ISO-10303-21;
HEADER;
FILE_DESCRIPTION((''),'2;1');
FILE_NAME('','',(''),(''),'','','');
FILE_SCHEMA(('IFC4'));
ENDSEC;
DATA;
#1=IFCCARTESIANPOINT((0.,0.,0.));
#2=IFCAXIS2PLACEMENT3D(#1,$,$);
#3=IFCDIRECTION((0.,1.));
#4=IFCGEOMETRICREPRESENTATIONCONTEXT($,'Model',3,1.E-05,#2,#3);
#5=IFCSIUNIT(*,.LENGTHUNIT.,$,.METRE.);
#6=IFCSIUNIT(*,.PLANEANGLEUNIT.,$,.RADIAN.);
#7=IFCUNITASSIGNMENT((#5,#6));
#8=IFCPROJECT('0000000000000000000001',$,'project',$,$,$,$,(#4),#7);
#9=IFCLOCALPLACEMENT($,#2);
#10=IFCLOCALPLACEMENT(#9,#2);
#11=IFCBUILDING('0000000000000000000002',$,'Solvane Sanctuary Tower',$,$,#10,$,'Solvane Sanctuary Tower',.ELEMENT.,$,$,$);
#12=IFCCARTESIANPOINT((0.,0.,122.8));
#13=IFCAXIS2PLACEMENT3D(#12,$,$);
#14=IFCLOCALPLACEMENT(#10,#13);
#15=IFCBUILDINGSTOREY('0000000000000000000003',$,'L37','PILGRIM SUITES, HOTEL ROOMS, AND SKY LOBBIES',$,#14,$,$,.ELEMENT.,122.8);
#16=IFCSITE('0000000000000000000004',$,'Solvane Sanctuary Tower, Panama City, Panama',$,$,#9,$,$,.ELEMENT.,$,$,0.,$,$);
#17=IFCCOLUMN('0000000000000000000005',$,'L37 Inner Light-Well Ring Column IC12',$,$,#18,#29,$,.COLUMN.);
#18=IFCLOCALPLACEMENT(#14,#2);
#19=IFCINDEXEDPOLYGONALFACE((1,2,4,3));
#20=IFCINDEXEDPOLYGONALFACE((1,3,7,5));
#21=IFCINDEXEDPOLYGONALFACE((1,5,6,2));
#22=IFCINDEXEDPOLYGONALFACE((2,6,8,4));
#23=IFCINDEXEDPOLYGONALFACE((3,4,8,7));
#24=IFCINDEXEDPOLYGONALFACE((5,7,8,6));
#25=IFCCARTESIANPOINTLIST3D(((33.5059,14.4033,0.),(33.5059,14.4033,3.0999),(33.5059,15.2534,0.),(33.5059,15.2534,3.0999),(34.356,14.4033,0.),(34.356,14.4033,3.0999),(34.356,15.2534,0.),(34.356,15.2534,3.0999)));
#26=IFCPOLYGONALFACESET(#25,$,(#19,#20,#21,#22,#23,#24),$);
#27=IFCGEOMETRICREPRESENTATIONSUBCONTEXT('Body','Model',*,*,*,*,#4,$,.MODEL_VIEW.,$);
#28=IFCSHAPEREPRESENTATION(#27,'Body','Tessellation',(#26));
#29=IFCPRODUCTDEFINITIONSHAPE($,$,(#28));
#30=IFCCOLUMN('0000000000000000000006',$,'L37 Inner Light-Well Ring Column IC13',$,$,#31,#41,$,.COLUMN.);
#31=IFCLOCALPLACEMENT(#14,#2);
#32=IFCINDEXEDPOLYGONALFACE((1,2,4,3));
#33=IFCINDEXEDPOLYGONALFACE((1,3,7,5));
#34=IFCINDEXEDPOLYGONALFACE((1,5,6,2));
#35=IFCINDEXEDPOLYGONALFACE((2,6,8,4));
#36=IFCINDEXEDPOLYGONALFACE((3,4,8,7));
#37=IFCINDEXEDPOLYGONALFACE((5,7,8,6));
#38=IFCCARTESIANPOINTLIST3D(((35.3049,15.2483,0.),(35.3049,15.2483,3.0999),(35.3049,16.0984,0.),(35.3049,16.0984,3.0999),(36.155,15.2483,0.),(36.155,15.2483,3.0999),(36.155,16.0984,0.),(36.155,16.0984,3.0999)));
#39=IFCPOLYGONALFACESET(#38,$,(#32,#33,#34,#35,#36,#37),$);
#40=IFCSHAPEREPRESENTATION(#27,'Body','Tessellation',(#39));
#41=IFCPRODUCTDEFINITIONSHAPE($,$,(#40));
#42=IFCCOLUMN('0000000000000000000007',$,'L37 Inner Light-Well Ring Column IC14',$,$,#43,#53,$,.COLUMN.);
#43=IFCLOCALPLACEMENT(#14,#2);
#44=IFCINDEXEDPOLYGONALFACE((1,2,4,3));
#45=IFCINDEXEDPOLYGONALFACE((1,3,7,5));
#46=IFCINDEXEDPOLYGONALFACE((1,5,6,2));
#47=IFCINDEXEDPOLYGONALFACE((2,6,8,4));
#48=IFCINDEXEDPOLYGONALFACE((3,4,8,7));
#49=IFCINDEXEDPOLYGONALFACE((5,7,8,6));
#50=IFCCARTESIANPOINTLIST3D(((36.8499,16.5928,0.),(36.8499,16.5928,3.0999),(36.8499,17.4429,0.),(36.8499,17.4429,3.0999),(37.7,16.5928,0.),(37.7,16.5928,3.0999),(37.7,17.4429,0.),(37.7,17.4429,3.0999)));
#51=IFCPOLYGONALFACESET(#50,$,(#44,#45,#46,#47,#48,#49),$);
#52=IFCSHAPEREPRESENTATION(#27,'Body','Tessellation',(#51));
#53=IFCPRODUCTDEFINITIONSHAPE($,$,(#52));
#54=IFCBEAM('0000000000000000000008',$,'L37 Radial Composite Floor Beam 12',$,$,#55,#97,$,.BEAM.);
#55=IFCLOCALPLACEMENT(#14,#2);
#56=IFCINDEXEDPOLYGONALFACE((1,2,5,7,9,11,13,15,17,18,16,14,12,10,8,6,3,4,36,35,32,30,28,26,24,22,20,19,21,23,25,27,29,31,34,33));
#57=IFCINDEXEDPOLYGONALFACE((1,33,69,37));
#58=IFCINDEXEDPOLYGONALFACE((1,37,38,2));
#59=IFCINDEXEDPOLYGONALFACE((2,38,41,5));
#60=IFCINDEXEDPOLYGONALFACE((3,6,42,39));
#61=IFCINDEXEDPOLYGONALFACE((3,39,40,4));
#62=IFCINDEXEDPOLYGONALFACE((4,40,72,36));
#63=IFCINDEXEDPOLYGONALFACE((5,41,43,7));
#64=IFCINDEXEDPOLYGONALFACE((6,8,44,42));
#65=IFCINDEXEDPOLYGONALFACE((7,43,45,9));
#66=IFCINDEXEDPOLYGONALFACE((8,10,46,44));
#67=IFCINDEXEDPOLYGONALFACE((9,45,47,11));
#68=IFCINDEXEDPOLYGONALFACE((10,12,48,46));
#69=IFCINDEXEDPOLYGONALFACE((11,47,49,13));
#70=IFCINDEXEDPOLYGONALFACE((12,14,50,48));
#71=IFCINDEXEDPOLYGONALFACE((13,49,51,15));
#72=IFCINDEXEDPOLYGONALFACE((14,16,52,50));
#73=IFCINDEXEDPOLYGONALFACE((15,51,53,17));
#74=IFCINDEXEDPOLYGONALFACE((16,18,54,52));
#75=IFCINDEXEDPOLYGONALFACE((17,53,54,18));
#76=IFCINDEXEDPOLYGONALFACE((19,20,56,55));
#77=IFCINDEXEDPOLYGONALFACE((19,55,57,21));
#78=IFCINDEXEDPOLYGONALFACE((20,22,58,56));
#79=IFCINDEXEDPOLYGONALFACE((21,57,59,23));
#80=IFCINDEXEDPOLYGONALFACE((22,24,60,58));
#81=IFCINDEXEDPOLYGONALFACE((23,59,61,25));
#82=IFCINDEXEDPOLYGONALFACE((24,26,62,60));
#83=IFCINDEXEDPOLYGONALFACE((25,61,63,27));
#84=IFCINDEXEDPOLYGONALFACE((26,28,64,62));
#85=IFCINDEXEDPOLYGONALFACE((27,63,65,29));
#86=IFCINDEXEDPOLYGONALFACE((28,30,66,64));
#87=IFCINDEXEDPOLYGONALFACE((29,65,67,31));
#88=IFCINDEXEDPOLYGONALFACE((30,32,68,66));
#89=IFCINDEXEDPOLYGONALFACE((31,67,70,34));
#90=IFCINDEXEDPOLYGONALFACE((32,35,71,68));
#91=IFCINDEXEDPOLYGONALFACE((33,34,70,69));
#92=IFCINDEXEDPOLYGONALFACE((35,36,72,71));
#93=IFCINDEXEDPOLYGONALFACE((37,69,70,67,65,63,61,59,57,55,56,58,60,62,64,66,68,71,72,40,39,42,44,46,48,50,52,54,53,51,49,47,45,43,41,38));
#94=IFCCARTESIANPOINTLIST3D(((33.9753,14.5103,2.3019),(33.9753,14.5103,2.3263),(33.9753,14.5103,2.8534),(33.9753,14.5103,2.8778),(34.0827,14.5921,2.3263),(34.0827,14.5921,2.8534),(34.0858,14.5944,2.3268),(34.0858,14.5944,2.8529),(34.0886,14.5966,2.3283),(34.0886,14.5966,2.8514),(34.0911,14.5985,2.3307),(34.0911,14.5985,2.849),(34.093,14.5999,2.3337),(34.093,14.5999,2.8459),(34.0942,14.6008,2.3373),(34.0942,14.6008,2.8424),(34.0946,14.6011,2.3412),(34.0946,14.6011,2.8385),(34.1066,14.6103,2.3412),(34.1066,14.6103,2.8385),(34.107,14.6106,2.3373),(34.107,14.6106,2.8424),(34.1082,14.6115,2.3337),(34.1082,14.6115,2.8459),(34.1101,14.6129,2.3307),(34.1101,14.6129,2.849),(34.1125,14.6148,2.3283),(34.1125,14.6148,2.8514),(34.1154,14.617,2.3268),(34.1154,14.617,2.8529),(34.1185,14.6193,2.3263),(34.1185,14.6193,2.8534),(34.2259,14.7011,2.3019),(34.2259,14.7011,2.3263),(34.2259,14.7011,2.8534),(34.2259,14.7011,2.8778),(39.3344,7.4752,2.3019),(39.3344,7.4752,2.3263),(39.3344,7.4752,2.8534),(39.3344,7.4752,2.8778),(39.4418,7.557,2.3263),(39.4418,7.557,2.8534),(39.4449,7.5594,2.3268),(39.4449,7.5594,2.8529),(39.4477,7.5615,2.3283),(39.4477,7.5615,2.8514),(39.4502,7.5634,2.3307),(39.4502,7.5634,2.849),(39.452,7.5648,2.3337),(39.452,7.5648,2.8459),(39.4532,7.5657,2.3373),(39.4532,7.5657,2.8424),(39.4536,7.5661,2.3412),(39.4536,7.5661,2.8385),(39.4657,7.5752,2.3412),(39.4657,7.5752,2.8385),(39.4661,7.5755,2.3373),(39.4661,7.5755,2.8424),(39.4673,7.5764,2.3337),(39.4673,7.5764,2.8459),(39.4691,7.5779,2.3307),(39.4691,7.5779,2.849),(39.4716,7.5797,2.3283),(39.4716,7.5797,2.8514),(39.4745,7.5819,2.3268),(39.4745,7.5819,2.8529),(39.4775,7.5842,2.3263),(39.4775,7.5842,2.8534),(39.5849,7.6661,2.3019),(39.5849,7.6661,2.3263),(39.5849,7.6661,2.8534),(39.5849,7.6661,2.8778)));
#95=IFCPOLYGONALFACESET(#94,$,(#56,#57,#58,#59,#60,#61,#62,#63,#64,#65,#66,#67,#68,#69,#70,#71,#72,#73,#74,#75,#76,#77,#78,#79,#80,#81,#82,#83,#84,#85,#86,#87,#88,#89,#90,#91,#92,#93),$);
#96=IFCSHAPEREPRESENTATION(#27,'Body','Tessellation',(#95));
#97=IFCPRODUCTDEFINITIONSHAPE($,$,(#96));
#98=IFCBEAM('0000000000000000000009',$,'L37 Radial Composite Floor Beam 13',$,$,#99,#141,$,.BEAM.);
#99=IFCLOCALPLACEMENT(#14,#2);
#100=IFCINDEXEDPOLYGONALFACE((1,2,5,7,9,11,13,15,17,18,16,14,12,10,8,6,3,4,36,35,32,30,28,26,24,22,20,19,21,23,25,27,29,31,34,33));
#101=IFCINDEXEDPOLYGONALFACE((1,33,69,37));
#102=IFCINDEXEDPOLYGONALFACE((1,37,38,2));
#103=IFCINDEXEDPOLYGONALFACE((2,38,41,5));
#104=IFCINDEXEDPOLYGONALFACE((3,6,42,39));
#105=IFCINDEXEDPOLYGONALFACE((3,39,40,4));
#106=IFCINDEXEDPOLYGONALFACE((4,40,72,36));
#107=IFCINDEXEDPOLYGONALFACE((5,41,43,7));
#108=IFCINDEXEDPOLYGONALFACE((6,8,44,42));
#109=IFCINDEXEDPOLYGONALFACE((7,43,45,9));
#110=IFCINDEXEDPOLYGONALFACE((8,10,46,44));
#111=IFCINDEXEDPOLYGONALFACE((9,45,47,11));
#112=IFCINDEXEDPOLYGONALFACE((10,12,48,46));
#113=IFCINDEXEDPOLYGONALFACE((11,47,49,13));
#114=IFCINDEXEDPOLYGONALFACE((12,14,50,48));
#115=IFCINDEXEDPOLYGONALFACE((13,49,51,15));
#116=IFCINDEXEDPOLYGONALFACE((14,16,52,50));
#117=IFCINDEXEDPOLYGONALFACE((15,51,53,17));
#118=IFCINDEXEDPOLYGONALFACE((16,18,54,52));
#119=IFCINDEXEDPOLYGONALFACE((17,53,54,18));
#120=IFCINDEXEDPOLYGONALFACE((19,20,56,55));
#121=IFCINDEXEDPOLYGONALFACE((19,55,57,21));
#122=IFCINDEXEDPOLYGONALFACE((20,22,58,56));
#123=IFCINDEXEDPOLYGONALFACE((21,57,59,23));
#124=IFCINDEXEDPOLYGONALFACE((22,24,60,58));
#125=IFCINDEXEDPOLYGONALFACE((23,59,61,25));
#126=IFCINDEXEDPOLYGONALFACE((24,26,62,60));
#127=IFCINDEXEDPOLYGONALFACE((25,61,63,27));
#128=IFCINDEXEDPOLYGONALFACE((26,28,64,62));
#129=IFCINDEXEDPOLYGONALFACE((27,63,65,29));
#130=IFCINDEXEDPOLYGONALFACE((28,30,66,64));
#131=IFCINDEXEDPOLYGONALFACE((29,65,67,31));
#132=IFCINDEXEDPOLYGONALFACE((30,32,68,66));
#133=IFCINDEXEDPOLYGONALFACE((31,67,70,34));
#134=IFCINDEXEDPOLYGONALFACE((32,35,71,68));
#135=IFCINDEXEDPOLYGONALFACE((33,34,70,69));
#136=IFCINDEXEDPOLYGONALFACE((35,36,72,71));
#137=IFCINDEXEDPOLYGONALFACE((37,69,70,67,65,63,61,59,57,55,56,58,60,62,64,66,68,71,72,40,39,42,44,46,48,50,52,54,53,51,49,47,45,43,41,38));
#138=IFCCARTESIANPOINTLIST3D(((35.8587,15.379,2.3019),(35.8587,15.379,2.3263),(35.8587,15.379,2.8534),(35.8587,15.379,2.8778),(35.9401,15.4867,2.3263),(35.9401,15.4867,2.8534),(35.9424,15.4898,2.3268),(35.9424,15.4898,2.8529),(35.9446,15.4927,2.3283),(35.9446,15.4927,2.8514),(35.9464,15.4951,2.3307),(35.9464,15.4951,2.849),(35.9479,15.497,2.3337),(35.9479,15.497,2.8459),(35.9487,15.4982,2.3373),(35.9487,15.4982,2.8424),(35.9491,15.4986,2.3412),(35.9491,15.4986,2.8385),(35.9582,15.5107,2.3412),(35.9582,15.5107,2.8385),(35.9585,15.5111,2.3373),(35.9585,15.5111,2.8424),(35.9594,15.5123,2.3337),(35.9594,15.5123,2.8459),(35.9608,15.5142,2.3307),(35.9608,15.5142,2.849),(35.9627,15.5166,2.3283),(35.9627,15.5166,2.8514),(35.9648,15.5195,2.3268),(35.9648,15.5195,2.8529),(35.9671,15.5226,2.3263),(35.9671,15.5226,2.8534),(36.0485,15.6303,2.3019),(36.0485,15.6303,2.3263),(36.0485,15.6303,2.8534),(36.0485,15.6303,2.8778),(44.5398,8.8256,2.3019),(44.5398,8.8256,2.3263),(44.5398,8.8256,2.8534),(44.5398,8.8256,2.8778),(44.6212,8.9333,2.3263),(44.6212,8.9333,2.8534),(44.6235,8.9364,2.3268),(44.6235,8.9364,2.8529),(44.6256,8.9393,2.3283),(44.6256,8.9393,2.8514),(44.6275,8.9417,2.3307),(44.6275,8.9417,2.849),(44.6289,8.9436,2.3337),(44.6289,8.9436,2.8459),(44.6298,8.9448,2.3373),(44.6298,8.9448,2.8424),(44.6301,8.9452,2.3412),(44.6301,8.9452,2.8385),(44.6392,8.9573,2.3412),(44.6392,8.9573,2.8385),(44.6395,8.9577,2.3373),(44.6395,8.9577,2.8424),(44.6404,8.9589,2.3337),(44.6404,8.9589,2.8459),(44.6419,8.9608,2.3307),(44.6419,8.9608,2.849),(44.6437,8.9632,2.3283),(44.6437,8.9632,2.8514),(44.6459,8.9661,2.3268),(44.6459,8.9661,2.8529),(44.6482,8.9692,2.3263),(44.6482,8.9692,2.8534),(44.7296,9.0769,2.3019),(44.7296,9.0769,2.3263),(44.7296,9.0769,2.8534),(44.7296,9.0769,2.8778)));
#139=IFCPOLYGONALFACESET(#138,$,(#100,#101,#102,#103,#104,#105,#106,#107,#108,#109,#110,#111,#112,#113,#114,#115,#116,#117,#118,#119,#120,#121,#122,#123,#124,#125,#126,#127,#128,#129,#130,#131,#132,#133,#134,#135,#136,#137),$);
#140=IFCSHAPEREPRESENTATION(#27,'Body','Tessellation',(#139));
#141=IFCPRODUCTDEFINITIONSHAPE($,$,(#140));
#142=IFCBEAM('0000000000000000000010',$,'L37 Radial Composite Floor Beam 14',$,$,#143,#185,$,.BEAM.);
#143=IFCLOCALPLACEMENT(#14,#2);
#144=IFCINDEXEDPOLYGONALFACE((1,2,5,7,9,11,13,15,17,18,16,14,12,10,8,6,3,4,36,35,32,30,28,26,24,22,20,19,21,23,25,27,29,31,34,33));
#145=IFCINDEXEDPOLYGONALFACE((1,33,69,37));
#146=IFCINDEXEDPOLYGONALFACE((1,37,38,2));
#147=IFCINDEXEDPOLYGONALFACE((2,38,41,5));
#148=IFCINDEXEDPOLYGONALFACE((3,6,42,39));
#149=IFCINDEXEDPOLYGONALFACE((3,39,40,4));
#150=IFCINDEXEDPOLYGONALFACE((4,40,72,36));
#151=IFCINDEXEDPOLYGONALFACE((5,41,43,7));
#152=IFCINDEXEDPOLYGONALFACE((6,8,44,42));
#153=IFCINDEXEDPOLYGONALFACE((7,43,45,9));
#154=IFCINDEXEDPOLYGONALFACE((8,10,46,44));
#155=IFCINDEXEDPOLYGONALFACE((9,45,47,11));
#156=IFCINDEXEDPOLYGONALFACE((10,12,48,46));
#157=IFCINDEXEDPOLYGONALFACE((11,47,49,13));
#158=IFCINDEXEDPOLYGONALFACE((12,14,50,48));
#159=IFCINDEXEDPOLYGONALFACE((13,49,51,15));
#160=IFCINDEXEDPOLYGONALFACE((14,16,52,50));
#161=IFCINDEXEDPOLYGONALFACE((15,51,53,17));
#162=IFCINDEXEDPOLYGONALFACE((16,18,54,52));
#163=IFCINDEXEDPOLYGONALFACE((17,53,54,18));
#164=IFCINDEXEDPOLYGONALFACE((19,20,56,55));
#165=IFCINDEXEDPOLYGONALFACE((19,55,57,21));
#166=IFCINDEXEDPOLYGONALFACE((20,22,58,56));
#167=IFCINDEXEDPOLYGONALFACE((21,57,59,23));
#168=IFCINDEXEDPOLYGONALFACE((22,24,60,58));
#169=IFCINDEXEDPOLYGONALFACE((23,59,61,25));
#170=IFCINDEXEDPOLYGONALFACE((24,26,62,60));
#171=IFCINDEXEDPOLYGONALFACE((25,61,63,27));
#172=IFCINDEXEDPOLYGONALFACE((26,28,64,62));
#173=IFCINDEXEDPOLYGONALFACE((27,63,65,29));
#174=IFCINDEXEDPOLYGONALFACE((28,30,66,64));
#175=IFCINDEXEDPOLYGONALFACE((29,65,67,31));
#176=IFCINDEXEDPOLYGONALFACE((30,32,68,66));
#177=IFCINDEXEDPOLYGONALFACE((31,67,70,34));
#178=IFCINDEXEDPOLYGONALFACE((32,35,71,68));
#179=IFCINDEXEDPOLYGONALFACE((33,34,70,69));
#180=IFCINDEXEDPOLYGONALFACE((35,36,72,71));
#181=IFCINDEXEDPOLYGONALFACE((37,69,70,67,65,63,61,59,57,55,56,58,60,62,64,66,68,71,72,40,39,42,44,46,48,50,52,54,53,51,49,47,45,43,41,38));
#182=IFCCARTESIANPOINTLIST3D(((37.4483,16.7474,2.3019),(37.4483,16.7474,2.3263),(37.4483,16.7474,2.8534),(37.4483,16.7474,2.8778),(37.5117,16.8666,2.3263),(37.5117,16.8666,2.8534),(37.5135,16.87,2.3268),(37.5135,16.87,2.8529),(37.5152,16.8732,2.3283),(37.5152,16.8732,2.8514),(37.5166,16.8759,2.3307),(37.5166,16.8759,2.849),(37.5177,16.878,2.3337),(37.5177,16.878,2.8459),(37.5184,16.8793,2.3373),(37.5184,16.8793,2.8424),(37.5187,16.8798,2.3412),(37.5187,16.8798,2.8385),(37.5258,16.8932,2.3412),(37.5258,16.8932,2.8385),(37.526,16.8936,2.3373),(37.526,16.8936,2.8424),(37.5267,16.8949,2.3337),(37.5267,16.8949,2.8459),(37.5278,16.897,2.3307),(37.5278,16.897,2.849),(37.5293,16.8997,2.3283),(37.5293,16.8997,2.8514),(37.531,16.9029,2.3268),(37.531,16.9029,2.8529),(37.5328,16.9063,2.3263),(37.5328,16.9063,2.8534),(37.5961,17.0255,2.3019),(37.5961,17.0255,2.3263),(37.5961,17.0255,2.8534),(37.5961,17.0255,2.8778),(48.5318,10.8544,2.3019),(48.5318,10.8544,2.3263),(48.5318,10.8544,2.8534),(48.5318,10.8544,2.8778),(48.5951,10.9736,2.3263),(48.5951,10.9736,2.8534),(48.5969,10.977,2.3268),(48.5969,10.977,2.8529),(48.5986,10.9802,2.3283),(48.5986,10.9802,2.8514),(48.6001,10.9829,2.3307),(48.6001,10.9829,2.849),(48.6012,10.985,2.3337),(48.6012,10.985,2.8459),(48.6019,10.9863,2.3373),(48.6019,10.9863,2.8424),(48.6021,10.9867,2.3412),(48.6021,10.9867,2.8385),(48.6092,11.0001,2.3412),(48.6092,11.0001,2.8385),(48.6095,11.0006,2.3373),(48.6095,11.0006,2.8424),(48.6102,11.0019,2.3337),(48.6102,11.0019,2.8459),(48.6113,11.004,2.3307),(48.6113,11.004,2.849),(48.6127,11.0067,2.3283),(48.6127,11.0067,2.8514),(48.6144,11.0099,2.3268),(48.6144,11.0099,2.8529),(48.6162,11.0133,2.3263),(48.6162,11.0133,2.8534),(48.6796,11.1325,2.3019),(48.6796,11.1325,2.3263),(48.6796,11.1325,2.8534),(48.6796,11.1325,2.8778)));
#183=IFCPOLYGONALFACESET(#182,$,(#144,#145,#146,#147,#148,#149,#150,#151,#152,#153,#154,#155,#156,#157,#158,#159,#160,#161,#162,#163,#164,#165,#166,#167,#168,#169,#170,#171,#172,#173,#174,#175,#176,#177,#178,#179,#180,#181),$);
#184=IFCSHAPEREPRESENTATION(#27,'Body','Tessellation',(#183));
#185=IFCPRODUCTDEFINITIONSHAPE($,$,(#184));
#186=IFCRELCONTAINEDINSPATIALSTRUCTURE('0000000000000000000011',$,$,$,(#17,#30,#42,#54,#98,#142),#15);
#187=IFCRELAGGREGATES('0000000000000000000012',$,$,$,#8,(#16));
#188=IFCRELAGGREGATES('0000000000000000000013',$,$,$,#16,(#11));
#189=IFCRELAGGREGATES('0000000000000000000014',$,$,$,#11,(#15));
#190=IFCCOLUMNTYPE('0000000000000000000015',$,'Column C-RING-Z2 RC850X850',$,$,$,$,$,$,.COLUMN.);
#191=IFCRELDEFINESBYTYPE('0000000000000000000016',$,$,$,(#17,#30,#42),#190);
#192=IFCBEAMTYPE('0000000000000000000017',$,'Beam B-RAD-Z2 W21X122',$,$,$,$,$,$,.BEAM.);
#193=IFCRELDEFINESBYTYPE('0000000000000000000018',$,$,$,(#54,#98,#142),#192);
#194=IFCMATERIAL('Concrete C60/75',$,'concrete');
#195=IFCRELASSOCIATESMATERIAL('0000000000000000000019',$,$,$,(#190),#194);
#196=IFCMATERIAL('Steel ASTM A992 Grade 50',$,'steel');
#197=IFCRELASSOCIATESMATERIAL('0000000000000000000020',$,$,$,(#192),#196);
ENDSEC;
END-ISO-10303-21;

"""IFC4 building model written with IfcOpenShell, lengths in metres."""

from ifc_helpers import new_model, si_unit, direction, frame, origin, origin_2d, place, context, subcontext, project, spatial, rectangle, i_section, extrude, material, material_profile, profile_set, type_object, element, save


model = new_model("IFC4")

# Units and contexts
model_context = context("Model", 3, precision=1e-05, world=origin(), true_north=direction((0.0, 1.0)))
body_context = subcontext(model_context, "Body", "Model", "MODEL_VIEW")
ifc_project = project(units=[si_unit("LENGTHUNIT", "METRE"), si_unit("PLANEANGLEUNIT", "RADIAN")], contexts=[model_context])

# Site, building, storey
site_placement = place(None, origin())
site = spatial("IfcSite", under=ifc_project, at=site_placement, Name="Solvane Sanctuary Tower, Panama City, Panama", CompositionType="ELEMENT", RefElevation=0.0)
building_placement = place(site_placement, origin())
building = spatial("IfcBuilding", under=site, at=building_placement, Name="Solvane Sanctuary Tower", LongName="Solvane Sanctuary Tower", CompositionType="ELEMENT")
storey_placement = place(building_placement, frame((0.0, 0.0, 122.8)))
storey = spatial("IfcBuildingStorey", under=building, at=storey_placement, Name="L37", Description="PILGRIM SUITES, HOTEL ROOMS, AND SKY LOBBIES", CompositionType="ELEMENT", Elevation=122.8)

# Columns
ifc_material_1 = material(Name="Concrete C60/75", Category="concrete")
ifc_material_profile_1 = material_profile(ifc_material_1, rectangle(XDim=0.8501, YDim=0.8501, at=origin_2d()), Name="RC850X850")
ifc_profile_set_1 = profile_set([ifc_material_profile_1], Name="Concrete C60/75")
column_type = type_object("IfcColumnType", Name="Column C-RING-Z2 RC850X850", PredefinedType="COLUMN", material=ifc_profile_set_1)
for number, where, z_axis, x_axis, name in (
    (1, (33.9309, 14.8284, 0.0), (0.0, 0.0, 1.0), (1.0, 0.0, 0.0), "L37 Inner Light-Well Ring Column IC12"),
    (2, (35.73, 15.6733, 0.0), (0.0, 0.0, 1.0), (1.0, 0.0, 0.0), "L37 Inner Light-Well Ring Column IC13"),
    (3, (37.2749, 17.0178, 0.0), (0.0, 0.0, 1.0), (1.0, 0.0, 0.0), "L37 Inner Light-Well Ring Column IC14"),
):
    element("IfcColumn", number, at=place(storey_placement, frame(where, z_axis=z_axis, x_axis=x_axis)), inside=storey, type_object=column_type, Name=name, PredefinedType="COLUMN", context=body_context, shape_type="SweptSolid", body=[
        extrude(rectangle(XDim=0.8501, YDim=0.8501, at=origin_2d()), origin(), (0.0, 0.0, 1.0), 3.0999),
    ])

# Beams
ifc_material_2 = material(Name="Steel ASTM A992 Grade 50", Category="steel")
ifc_material_profile_2 = material_profile(ifc_material_2, i_section(OverallWidth=0.3149, OverallDepth=0.5759, WebThickness=0.0151, FlangeThickness=0.0244, FilletRadius=0.0149, at=origin_2d()), Name="W21X122")
ifc_profile_set_2 = profile_set([ifc_material_profile_2], Name="Steel ASTM A992 Grade 50")
beam_type_1 = type_object("IfcBeamType", Name="Beam B-RAD-Z2 W21X122", PredefinedType="BEAM", material=ifc_profile_set_2)
beam_1_placement = place(storey_placement, frame((34.1006, 14.6057, 2.5898), z_axis=(0.605973, -0.795486, 0.0), x_axis=(0.795486, 0.605973, 0.0)))
element("IfcBeam", 4, at=beam_1_placement, inside=storey, type_object=beam_type_1, Name="L37 Radial Composite Floor Beam 12", PredefinedType="BEAM", context=body_context, shape_type="SweptSolid", body=[
    extrude(i_section(OverallWidth=0.3149, OverallDepth=0.5759, WebThickness=0.0151, FlangeThickness=0.0244, FilletRadius=0.0149, at=origin_2d()), origin(), (0.0, 0.0, 1.0), 8.8438),
])
beam_2_placement = place(storey_placement, frame((35.9536, 15.5046, 2.5898), z_axis=(0.798116, -0.602504, 0.0), x_axis=(0.602504, 0.798116, 0.0)))
element("IfcBeam", 5, at=beam_2_placement, inside=storey, type_object=beam_type_1, Name="L37 Radial Composite Floor Beam 13", PredefinedType="BEAM", context=body_context, shape_type="SweptSolid", body=[
    extrude(i_section(OverallWidth=0.3149, OverallDepth=0.5759, WebThickness=0.0151, FlangeThickness=0.0244, FilletRadius=0.0149, at=origin_2d()), origin(), (0.0, 0.0, 1.0), 10.877),
])
beam_3_placement = place(storey_placement, frame((37.5222, 16.8865, 2.5898), z_axis=(0.882952, -0.469463, 0.0), x_axis=(0.469463, 0.882952, 0.0)))
element("IfcBeam", 6, at=beam_3_placement, inside=storey, type_object=beam_type_1, Name="L37 Radial Composite Floor Beam 14", PredefinedType="BEAM", context=body_context, shape_type="SweptSolid", body=[
    extrude(i_section(OverallWidth=0.3149, OverallDepth=0.5759, WebThickness=0.0151, FlangeThickness=0.0244, FilletRadius=0.0149, at=origin_2d()), origin(), (0.0, 0.0, 1.0), 12.5527),
])

save(model, "model.ifc")
